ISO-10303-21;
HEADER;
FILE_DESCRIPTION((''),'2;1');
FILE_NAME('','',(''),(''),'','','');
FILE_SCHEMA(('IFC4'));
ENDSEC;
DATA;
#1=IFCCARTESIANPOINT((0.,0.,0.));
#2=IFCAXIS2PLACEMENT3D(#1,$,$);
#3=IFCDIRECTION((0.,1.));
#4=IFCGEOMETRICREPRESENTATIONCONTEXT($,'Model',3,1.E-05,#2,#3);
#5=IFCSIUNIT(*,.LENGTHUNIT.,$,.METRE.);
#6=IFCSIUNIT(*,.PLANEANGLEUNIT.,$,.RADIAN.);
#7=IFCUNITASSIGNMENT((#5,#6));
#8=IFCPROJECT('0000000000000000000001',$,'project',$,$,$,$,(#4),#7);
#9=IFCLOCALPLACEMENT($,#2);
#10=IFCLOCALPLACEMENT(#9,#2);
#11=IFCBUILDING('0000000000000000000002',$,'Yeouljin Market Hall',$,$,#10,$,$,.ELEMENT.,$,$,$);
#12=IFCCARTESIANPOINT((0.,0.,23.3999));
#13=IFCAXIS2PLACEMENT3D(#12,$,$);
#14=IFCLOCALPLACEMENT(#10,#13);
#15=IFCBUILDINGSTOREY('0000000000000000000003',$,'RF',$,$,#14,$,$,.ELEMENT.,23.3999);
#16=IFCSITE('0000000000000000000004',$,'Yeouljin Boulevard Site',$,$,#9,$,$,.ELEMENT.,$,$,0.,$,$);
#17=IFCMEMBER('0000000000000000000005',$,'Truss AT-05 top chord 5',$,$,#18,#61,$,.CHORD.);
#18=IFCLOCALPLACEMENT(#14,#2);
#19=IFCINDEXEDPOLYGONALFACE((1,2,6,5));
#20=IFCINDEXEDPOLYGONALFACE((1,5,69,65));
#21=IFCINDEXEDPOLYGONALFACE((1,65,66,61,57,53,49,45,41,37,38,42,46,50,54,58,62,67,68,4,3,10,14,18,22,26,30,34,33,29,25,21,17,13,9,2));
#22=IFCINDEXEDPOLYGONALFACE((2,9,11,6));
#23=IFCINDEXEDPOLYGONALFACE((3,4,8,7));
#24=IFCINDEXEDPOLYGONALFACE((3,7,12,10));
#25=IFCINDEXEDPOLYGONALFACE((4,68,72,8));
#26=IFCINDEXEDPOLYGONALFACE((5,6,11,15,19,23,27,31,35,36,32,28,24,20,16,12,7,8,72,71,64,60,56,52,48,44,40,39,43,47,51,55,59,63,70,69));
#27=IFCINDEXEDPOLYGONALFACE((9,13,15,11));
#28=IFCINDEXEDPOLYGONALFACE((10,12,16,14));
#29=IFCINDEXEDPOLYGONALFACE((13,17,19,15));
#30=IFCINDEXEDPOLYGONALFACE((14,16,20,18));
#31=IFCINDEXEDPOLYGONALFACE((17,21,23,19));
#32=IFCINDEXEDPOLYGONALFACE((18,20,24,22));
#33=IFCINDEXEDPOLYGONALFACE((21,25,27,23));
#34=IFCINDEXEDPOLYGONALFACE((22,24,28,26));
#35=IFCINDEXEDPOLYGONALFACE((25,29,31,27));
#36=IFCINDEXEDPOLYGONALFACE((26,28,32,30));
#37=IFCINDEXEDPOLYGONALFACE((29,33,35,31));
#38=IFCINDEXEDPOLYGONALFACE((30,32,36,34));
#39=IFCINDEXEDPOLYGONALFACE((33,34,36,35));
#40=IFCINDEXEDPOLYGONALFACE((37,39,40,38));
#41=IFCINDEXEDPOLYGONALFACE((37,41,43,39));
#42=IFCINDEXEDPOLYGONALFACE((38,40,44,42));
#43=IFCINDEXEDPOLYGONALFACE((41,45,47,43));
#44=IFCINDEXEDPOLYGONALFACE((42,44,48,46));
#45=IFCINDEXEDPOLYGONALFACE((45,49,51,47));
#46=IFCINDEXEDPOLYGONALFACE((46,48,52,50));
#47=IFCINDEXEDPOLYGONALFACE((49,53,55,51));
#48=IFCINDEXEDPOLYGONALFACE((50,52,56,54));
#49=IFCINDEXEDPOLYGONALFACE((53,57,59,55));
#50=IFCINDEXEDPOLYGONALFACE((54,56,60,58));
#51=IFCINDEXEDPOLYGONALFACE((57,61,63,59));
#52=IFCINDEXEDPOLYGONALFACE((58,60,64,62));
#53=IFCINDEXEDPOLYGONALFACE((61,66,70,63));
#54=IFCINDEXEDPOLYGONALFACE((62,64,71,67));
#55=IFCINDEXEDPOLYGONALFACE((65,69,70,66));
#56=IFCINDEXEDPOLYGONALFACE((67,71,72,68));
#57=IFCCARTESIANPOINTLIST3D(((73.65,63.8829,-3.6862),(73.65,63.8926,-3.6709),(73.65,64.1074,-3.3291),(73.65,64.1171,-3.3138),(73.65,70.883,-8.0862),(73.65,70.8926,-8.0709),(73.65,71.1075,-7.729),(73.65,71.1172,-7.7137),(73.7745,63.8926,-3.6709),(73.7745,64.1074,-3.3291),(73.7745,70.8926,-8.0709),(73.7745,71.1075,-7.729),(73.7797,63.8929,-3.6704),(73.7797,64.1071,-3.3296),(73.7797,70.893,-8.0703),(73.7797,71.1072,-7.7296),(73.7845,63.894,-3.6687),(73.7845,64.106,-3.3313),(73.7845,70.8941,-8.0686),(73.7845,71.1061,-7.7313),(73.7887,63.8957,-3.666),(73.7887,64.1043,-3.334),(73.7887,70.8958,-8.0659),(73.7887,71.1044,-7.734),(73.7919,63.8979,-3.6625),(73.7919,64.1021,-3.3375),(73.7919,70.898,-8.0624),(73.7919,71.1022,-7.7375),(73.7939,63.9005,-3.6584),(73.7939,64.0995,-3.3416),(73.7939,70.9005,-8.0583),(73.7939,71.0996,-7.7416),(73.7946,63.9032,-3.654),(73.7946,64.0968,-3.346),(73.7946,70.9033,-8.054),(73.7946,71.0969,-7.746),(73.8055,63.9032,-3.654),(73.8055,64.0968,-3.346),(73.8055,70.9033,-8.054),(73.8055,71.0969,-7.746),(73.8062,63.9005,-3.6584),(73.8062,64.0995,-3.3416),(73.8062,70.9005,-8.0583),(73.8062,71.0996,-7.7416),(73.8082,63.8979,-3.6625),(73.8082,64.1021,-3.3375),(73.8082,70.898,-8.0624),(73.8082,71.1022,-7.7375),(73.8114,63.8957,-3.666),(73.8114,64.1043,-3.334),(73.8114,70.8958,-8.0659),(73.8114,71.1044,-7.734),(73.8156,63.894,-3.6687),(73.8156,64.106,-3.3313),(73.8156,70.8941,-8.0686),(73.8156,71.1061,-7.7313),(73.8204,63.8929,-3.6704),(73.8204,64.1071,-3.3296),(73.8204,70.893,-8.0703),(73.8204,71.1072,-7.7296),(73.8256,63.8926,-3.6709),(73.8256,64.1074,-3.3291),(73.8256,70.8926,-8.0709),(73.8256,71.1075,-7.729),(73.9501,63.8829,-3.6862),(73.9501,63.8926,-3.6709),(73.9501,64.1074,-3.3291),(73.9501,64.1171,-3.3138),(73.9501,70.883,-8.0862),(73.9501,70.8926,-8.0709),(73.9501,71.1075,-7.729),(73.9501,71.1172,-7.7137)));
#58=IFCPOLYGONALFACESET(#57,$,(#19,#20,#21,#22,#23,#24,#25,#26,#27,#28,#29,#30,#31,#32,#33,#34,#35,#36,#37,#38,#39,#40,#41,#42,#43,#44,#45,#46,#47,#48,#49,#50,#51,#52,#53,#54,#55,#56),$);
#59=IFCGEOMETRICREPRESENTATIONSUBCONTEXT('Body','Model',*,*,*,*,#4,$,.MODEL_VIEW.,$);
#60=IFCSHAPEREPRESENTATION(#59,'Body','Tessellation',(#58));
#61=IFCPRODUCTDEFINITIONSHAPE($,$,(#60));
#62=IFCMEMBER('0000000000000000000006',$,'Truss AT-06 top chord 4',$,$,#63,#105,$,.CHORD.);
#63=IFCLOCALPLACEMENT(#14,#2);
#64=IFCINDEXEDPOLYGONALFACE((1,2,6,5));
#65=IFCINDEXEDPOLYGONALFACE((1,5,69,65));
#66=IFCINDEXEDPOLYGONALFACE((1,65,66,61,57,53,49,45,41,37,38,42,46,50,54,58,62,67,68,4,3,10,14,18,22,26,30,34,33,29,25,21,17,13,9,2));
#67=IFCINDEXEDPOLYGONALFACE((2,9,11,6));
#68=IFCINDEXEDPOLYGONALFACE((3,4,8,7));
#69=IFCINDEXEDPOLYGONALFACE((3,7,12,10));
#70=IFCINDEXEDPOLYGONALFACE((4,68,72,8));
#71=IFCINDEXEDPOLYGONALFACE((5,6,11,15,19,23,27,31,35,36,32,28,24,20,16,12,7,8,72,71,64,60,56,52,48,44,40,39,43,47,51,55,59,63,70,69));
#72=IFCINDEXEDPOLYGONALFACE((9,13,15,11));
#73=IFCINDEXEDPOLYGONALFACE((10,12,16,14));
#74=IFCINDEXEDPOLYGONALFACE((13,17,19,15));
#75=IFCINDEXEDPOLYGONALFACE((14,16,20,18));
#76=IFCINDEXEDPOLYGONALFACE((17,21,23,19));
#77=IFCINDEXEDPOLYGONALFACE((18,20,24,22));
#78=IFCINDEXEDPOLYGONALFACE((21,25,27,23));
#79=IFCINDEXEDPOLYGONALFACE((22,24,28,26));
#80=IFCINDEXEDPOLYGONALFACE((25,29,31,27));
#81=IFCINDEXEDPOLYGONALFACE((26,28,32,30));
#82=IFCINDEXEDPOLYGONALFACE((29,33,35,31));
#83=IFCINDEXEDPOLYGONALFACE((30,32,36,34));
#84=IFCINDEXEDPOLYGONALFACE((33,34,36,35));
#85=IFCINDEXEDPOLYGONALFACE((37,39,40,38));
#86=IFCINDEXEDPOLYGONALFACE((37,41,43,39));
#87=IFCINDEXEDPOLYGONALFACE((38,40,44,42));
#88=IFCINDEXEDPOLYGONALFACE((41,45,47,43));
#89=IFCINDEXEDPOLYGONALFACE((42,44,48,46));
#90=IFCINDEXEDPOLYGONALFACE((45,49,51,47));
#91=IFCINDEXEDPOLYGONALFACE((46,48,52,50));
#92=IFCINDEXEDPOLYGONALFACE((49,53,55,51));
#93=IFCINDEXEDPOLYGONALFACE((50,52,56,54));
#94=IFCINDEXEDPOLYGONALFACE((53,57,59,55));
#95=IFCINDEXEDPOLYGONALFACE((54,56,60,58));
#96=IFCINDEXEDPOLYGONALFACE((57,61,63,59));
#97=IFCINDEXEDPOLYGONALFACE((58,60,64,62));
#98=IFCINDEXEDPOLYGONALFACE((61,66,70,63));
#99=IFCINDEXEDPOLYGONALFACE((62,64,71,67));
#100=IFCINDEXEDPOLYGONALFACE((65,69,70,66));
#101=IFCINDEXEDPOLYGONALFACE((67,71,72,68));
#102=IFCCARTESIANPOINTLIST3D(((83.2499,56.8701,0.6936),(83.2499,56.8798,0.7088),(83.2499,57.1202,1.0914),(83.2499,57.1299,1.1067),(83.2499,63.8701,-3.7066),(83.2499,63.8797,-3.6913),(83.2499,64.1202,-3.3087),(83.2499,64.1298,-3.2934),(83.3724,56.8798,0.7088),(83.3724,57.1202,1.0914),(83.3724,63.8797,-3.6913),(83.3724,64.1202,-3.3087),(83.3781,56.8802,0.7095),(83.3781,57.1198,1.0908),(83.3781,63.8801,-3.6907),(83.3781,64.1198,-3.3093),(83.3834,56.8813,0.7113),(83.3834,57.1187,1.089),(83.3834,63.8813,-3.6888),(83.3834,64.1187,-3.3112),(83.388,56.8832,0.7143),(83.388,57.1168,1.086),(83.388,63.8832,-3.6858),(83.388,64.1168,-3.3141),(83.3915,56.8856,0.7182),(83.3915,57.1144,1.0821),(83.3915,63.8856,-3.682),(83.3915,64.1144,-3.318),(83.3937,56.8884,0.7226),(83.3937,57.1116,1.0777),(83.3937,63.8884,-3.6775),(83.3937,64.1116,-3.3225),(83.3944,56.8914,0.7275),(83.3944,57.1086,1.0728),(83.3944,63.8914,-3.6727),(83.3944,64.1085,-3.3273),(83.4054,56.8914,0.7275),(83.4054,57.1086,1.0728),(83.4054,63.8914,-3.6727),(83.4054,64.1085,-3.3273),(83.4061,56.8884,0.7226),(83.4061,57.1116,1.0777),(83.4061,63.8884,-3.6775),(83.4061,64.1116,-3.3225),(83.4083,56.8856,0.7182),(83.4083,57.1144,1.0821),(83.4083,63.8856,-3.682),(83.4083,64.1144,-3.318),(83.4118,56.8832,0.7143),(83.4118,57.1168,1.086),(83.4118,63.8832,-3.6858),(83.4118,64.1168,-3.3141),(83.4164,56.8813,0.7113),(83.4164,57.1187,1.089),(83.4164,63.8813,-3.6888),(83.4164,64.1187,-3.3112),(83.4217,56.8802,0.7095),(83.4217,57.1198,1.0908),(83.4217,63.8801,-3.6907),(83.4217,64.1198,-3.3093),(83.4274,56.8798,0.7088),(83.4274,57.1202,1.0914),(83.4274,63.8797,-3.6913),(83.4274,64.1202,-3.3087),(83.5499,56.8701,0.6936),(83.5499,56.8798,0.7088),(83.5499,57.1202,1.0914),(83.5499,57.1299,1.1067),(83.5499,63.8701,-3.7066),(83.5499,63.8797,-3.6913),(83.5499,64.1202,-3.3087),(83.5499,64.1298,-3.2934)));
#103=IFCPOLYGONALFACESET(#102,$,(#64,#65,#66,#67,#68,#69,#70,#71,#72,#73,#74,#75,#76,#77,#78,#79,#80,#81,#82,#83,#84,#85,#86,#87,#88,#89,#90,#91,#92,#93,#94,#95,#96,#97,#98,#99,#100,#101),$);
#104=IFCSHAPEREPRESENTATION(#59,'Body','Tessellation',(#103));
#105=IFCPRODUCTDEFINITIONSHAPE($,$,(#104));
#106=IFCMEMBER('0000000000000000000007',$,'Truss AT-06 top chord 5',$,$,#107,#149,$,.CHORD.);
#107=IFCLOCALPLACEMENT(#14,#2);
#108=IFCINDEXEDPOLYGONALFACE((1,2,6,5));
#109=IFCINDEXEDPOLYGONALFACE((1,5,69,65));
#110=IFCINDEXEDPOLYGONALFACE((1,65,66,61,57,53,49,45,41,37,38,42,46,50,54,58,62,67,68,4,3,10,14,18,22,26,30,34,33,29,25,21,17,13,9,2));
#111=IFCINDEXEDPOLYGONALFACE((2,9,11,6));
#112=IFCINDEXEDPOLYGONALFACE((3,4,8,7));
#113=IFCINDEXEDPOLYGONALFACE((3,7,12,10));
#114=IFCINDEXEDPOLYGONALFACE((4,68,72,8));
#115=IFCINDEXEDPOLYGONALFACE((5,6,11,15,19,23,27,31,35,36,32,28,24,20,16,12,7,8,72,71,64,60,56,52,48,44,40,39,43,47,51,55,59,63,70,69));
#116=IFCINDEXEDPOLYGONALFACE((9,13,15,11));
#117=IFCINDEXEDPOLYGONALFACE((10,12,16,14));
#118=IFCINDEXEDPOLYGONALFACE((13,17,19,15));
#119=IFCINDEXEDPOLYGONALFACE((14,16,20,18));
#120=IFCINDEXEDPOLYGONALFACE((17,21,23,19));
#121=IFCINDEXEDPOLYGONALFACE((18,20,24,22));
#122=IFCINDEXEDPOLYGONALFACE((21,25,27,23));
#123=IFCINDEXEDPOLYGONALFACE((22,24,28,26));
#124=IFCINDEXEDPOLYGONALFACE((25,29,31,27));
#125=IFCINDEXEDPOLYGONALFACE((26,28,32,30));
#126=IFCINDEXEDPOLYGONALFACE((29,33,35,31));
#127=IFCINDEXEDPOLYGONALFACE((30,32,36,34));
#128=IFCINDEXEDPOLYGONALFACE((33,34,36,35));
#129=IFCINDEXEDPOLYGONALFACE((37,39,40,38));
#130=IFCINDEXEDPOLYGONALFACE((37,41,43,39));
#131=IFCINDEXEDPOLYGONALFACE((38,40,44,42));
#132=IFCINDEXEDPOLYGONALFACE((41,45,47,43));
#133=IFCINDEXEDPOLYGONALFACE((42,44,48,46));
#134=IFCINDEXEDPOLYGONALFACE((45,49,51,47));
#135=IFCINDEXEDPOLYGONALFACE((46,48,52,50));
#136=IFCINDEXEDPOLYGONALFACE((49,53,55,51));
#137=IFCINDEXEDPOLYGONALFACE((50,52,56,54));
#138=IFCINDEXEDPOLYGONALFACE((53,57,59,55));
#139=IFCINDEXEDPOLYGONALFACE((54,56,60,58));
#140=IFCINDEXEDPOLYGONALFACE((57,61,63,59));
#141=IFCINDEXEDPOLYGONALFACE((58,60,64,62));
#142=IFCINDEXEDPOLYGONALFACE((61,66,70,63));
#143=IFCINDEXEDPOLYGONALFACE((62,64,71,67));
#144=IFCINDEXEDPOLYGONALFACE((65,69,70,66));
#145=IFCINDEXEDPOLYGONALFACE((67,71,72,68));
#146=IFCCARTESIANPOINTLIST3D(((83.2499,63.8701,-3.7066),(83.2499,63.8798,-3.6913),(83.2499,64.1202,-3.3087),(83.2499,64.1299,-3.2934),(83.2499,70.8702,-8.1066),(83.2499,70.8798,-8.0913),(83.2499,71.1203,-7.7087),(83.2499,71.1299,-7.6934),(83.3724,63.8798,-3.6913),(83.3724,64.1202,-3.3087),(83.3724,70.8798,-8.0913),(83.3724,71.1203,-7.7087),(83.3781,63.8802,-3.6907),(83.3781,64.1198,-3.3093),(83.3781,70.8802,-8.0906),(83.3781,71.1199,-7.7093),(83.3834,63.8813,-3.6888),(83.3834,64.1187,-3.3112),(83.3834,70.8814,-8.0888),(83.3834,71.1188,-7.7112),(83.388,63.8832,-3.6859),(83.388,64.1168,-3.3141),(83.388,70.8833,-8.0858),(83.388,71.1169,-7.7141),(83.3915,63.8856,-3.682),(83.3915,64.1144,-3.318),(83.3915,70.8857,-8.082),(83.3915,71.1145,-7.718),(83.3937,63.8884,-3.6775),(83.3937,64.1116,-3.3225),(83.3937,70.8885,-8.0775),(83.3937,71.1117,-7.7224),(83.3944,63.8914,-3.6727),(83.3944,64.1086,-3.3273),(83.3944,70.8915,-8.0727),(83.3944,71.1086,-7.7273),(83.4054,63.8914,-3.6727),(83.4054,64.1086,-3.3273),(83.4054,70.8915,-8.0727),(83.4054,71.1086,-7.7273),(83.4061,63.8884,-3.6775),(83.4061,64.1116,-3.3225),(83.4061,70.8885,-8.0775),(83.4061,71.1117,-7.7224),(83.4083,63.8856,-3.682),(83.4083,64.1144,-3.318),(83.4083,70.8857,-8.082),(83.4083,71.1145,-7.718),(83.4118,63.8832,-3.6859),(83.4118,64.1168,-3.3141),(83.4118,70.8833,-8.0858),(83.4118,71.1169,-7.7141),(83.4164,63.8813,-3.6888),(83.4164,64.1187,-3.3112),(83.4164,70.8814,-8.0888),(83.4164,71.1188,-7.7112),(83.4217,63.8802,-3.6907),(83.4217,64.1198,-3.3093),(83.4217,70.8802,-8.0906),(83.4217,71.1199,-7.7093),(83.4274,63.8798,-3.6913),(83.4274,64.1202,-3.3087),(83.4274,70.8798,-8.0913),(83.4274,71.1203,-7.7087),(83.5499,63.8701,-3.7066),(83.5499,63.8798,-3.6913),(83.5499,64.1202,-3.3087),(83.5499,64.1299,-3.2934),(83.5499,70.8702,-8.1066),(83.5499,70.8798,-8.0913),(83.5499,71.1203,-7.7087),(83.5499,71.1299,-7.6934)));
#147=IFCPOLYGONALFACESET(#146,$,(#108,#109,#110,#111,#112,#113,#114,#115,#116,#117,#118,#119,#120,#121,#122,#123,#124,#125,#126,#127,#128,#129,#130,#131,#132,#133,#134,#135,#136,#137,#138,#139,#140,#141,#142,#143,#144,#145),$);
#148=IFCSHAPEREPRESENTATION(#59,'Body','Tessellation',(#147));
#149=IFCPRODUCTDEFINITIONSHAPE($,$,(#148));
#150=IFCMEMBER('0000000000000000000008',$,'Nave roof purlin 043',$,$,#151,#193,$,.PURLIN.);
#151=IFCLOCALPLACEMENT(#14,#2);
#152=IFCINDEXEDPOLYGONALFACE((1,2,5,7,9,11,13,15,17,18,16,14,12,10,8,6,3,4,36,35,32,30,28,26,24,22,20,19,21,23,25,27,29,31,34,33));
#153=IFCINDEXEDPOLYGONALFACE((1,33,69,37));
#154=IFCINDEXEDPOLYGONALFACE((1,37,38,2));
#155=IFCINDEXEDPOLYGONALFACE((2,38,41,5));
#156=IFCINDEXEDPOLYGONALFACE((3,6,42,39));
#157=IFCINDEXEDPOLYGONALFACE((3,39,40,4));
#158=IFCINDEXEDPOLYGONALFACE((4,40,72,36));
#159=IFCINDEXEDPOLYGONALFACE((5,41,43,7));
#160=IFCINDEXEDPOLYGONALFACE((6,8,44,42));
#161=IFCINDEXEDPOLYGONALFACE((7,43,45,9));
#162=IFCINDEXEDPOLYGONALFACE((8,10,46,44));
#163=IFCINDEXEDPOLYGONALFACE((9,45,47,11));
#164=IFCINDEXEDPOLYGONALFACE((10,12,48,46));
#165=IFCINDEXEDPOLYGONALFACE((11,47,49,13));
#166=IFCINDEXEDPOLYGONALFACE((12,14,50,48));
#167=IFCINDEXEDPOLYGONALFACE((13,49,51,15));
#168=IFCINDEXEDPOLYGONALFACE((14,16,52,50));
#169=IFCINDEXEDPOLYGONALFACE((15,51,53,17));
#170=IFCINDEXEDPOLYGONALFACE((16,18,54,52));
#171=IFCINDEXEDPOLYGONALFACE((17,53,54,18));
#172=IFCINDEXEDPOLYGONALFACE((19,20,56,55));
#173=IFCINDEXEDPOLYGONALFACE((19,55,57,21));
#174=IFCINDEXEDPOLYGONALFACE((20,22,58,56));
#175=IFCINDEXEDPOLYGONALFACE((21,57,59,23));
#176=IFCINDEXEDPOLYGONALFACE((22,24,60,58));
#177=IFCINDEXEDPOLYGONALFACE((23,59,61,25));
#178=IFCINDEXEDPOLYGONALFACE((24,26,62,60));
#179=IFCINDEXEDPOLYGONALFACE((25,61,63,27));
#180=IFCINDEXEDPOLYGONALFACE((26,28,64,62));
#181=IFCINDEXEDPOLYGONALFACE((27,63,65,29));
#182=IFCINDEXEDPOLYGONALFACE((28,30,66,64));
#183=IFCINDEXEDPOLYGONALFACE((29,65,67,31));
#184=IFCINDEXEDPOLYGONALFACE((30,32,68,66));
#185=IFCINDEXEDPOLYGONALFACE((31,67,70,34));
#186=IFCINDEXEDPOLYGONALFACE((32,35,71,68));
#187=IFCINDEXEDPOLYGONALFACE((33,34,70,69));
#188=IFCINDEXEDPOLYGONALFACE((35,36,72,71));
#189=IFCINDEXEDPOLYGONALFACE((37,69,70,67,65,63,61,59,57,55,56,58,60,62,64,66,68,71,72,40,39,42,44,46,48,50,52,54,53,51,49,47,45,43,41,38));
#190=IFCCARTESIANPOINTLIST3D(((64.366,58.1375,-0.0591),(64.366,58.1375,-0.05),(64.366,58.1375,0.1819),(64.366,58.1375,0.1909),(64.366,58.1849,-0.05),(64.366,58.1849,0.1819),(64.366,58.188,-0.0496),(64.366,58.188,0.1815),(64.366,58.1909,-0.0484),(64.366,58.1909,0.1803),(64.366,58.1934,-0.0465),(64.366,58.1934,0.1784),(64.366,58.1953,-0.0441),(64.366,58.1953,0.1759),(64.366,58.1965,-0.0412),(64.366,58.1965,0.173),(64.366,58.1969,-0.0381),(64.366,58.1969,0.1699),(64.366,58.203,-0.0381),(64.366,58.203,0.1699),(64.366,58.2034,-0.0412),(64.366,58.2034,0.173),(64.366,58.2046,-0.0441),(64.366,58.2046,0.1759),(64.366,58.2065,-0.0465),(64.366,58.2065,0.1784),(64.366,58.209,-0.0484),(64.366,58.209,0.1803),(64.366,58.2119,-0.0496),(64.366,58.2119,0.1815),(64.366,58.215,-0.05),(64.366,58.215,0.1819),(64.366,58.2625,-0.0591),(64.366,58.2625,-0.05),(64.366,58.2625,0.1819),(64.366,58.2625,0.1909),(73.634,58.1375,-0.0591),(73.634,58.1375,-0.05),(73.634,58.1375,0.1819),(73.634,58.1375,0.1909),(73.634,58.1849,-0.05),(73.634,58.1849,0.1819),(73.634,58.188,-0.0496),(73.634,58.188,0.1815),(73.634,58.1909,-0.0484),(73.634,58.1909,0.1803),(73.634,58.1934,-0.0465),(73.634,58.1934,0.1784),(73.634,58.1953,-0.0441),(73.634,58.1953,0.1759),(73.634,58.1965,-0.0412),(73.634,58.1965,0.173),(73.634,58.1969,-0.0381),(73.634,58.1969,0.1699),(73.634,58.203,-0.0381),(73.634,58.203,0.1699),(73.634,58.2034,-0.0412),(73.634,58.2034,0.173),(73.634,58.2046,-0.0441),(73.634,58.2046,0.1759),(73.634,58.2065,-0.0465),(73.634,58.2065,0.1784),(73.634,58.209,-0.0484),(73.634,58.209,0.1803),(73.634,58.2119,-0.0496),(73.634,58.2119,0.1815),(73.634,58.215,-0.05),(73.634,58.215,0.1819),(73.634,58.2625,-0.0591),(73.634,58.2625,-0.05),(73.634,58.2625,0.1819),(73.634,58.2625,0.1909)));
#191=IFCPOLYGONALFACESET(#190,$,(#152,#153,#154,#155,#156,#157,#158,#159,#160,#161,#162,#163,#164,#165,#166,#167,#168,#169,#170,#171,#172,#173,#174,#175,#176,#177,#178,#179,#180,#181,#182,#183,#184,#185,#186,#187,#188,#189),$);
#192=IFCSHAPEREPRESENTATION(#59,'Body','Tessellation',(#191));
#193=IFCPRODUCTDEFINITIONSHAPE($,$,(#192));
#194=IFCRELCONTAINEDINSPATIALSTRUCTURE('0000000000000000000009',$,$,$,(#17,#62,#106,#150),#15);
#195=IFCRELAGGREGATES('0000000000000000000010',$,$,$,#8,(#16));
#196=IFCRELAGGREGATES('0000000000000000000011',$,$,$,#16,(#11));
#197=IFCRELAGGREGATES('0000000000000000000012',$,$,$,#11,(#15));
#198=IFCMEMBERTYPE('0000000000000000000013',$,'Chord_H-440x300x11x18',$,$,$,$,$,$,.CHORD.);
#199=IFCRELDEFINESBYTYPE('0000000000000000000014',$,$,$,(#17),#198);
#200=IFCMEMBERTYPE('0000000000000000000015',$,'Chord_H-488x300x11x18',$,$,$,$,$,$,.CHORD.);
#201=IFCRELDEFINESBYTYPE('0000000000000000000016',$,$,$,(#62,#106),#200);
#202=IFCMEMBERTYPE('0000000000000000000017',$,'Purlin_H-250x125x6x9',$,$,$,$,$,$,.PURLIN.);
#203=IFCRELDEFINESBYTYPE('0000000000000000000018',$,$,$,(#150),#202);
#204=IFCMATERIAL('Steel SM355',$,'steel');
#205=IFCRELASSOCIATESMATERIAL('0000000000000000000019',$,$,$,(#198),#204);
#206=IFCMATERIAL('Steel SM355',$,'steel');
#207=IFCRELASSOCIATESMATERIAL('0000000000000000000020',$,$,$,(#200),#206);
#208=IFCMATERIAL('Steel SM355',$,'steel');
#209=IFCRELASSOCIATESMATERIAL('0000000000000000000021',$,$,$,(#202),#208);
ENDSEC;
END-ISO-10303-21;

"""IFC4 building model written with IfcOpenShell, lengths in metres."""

from ifc_helpers import new_model, si_unit, direction, frame, origin, origin_2d, place, context, subcontext, project, spatial, i_section, extrude, material, material_profile, profile_set, type_object, element, save


model = new_model("IFC4")

# Units and contexts
model_context = context("Model", 3, precision=1e-05, world=origin(), true_north=direction((0.0, 1.0)))
body_context = subcontext(model_context, "Body", "Model", "MODEL_VIEW")
ifc_project = project(units=[si_unit("LENGTHUNIT", "METRE"), si_unit("PLANEANGLEUNIT", "RADIAN")], contexts=[model_context])

# Site, building, storey
site_placement = place(None, origin())
site = spatial("IfcSite", under=ifc_project, at=site_placement, Name="Yeouljin Boulevard Site", CompositionType="ELEMENT", RefElevation=0.0)
building_placement = place(site_placement, origin())
building = spatial("IfcBuilding", under=site, at=building_placement, Name="Yeouljin Market Hall", CompositionType="ELEMENT")
storey_placement = place(building_placement, frame((0.0, 0.0, 23.3999)))
storey = spatial("IfcBuildingStorey", under=building, at=storey_placement, Name="RF", CompositionType="ELEMENT", Elevation=23.3999)

# Members
ifc_material_1 = material(Name="Steel SM355", Category="steel")
ifc_material_profile_1 = material_profile(ifc_material_1, i_section(OverallWidth=0.3, OverallDepth=0.4399, WebThickness=0.011, FlangeThickness=0.0181, FilletRadius=0.02, at=origin_2d()), Name="H-440x300x11x18")
ifc_profile_set_1 = profile_set([ifc_material_profile_1], Name="Steel SM355")
member_type_1 = type_object("IfcMemberType", Name="Chord_H-440x300x11x18", PredefinedType="CHORD", material=ifc_profile_set_1)
for number, where, z_axis, x_axis, name in (
    (1, (73.8, 64.0, -3.5), (0.0, 0.846642, -0.532163), (-1.0, 0.0, 0.0), "Truss AT-05 top chord 5"),
):
    element("IfcMember", number, at=place(storey_placement, frame(where, z_axis=z_axis, x_axis=x_axis)), inside=storey, type_object=member_type_1, Name=name, PredefinedType="CHORD", context=body_context, shape_type="SweptSolid", body=[
        extrude(i_section(OverallWidth=0.3, OverallDepth=0.4399, WebThickness=0.011, FlangeThickness=0.0181, FilletRadius=0.02, at=origin_2d()), origin(), (0.0, 0.0, 1.0), 8.2681),
    ])
ifc_material_2 = material(Name="Steel SM355", Category="steel")
ifc_material_profile_2 = material_profile(ifc_material_2, i_section(OverallWidth=0.3, OverallDepth=0.488, WebThickness=0.011, FlangeThickness=0.0181, FilletRadius=0.022, at=origin_2d()), Name="H-488x300x11x18")
ifc_profile_set_2 = profile_set([ifc_material_profile_2], Name="Steel SM355")
member_type_2 = type_object("IfcMemberType", Name="Chord_H-488x300x11x18", PredefinedType="CHORD", material=ifc_profile_set_2)
for number, where, z_axis, x_axis, name in (
    (2, (83.3999, 57.0, 0.9001), (0.0, 0.846629, -0.532184), (-1.0, 0.0, 0.0), "Truss AT-06 top chord 4"),
    (3, (83.3999, 64.0, -3.5), (0.0, 0.846642, -0.532163), (-1.0, 0.0, 0.0), "Truss AT-06 top chord 5"),
):
    element("IfcMember", number, at=place(storey_placement, frame(where, z_axis=z_axis, x_axis=x_axis)), inside=storey, type_object=member_type_2, Name=name, PredefinedType="CHORD", context=body_context, shape_type="SweptSolid", body=[
        extrude(i_section(OverallWidth=0.3, OverallDepth=0.488, WebThickness=0.011, FlangeThickness=0.0181, FilletRadius=0.022, at=origin_2d()), origin(), (0.0, 0.0, 1.0), 8.2681),
    ])
ifc_material_3 = material(Name="Steel SM355", Category="steel")
ifc_material_profile_3 = material_profile(ifc_material_3, i_section(OverallWidth=0.125, OverallDepth=0.25, WebThickness=0.0061, FlangeThickness=0.009, FilletRadius=0.012, at=origin_2d()), Name="H-250x125x6x9")
ifc_profile_set_3 = profile_set([ifc_material_profile_3], Name="Steel SM355")
member_type_3 = type_object("IfcMemberType", Name="Purlin_H-250x125x6x9", PredefinedType="PURLIN", material=ifc_profile_set_3)
member_1_placement = place(storey_placement, frame((64.366, 58.2, 0.0659), z_axis=(1.0, 0.0, 0.0), x_axis=(0.0, 1.0, 0.0)))
element("IfcMember", 4, at=member_1_placement, inside=storey, type_object=member_type_3, Name="Nave roof purlin 043", PredefinedType="PURLIN", context=body_context, shape_type="SweptSolid", body=[
    extrude(i_section(OverallWidth=0.125, OverallDepth=0.25, WebThickness=0.0061, FlangeThickness=0.009, FilletRadius=0.012, at=origin_2d()), origin(), (0.0, 0.0, 1.0), 9.2681),
])

save(model, "model.ifc")
